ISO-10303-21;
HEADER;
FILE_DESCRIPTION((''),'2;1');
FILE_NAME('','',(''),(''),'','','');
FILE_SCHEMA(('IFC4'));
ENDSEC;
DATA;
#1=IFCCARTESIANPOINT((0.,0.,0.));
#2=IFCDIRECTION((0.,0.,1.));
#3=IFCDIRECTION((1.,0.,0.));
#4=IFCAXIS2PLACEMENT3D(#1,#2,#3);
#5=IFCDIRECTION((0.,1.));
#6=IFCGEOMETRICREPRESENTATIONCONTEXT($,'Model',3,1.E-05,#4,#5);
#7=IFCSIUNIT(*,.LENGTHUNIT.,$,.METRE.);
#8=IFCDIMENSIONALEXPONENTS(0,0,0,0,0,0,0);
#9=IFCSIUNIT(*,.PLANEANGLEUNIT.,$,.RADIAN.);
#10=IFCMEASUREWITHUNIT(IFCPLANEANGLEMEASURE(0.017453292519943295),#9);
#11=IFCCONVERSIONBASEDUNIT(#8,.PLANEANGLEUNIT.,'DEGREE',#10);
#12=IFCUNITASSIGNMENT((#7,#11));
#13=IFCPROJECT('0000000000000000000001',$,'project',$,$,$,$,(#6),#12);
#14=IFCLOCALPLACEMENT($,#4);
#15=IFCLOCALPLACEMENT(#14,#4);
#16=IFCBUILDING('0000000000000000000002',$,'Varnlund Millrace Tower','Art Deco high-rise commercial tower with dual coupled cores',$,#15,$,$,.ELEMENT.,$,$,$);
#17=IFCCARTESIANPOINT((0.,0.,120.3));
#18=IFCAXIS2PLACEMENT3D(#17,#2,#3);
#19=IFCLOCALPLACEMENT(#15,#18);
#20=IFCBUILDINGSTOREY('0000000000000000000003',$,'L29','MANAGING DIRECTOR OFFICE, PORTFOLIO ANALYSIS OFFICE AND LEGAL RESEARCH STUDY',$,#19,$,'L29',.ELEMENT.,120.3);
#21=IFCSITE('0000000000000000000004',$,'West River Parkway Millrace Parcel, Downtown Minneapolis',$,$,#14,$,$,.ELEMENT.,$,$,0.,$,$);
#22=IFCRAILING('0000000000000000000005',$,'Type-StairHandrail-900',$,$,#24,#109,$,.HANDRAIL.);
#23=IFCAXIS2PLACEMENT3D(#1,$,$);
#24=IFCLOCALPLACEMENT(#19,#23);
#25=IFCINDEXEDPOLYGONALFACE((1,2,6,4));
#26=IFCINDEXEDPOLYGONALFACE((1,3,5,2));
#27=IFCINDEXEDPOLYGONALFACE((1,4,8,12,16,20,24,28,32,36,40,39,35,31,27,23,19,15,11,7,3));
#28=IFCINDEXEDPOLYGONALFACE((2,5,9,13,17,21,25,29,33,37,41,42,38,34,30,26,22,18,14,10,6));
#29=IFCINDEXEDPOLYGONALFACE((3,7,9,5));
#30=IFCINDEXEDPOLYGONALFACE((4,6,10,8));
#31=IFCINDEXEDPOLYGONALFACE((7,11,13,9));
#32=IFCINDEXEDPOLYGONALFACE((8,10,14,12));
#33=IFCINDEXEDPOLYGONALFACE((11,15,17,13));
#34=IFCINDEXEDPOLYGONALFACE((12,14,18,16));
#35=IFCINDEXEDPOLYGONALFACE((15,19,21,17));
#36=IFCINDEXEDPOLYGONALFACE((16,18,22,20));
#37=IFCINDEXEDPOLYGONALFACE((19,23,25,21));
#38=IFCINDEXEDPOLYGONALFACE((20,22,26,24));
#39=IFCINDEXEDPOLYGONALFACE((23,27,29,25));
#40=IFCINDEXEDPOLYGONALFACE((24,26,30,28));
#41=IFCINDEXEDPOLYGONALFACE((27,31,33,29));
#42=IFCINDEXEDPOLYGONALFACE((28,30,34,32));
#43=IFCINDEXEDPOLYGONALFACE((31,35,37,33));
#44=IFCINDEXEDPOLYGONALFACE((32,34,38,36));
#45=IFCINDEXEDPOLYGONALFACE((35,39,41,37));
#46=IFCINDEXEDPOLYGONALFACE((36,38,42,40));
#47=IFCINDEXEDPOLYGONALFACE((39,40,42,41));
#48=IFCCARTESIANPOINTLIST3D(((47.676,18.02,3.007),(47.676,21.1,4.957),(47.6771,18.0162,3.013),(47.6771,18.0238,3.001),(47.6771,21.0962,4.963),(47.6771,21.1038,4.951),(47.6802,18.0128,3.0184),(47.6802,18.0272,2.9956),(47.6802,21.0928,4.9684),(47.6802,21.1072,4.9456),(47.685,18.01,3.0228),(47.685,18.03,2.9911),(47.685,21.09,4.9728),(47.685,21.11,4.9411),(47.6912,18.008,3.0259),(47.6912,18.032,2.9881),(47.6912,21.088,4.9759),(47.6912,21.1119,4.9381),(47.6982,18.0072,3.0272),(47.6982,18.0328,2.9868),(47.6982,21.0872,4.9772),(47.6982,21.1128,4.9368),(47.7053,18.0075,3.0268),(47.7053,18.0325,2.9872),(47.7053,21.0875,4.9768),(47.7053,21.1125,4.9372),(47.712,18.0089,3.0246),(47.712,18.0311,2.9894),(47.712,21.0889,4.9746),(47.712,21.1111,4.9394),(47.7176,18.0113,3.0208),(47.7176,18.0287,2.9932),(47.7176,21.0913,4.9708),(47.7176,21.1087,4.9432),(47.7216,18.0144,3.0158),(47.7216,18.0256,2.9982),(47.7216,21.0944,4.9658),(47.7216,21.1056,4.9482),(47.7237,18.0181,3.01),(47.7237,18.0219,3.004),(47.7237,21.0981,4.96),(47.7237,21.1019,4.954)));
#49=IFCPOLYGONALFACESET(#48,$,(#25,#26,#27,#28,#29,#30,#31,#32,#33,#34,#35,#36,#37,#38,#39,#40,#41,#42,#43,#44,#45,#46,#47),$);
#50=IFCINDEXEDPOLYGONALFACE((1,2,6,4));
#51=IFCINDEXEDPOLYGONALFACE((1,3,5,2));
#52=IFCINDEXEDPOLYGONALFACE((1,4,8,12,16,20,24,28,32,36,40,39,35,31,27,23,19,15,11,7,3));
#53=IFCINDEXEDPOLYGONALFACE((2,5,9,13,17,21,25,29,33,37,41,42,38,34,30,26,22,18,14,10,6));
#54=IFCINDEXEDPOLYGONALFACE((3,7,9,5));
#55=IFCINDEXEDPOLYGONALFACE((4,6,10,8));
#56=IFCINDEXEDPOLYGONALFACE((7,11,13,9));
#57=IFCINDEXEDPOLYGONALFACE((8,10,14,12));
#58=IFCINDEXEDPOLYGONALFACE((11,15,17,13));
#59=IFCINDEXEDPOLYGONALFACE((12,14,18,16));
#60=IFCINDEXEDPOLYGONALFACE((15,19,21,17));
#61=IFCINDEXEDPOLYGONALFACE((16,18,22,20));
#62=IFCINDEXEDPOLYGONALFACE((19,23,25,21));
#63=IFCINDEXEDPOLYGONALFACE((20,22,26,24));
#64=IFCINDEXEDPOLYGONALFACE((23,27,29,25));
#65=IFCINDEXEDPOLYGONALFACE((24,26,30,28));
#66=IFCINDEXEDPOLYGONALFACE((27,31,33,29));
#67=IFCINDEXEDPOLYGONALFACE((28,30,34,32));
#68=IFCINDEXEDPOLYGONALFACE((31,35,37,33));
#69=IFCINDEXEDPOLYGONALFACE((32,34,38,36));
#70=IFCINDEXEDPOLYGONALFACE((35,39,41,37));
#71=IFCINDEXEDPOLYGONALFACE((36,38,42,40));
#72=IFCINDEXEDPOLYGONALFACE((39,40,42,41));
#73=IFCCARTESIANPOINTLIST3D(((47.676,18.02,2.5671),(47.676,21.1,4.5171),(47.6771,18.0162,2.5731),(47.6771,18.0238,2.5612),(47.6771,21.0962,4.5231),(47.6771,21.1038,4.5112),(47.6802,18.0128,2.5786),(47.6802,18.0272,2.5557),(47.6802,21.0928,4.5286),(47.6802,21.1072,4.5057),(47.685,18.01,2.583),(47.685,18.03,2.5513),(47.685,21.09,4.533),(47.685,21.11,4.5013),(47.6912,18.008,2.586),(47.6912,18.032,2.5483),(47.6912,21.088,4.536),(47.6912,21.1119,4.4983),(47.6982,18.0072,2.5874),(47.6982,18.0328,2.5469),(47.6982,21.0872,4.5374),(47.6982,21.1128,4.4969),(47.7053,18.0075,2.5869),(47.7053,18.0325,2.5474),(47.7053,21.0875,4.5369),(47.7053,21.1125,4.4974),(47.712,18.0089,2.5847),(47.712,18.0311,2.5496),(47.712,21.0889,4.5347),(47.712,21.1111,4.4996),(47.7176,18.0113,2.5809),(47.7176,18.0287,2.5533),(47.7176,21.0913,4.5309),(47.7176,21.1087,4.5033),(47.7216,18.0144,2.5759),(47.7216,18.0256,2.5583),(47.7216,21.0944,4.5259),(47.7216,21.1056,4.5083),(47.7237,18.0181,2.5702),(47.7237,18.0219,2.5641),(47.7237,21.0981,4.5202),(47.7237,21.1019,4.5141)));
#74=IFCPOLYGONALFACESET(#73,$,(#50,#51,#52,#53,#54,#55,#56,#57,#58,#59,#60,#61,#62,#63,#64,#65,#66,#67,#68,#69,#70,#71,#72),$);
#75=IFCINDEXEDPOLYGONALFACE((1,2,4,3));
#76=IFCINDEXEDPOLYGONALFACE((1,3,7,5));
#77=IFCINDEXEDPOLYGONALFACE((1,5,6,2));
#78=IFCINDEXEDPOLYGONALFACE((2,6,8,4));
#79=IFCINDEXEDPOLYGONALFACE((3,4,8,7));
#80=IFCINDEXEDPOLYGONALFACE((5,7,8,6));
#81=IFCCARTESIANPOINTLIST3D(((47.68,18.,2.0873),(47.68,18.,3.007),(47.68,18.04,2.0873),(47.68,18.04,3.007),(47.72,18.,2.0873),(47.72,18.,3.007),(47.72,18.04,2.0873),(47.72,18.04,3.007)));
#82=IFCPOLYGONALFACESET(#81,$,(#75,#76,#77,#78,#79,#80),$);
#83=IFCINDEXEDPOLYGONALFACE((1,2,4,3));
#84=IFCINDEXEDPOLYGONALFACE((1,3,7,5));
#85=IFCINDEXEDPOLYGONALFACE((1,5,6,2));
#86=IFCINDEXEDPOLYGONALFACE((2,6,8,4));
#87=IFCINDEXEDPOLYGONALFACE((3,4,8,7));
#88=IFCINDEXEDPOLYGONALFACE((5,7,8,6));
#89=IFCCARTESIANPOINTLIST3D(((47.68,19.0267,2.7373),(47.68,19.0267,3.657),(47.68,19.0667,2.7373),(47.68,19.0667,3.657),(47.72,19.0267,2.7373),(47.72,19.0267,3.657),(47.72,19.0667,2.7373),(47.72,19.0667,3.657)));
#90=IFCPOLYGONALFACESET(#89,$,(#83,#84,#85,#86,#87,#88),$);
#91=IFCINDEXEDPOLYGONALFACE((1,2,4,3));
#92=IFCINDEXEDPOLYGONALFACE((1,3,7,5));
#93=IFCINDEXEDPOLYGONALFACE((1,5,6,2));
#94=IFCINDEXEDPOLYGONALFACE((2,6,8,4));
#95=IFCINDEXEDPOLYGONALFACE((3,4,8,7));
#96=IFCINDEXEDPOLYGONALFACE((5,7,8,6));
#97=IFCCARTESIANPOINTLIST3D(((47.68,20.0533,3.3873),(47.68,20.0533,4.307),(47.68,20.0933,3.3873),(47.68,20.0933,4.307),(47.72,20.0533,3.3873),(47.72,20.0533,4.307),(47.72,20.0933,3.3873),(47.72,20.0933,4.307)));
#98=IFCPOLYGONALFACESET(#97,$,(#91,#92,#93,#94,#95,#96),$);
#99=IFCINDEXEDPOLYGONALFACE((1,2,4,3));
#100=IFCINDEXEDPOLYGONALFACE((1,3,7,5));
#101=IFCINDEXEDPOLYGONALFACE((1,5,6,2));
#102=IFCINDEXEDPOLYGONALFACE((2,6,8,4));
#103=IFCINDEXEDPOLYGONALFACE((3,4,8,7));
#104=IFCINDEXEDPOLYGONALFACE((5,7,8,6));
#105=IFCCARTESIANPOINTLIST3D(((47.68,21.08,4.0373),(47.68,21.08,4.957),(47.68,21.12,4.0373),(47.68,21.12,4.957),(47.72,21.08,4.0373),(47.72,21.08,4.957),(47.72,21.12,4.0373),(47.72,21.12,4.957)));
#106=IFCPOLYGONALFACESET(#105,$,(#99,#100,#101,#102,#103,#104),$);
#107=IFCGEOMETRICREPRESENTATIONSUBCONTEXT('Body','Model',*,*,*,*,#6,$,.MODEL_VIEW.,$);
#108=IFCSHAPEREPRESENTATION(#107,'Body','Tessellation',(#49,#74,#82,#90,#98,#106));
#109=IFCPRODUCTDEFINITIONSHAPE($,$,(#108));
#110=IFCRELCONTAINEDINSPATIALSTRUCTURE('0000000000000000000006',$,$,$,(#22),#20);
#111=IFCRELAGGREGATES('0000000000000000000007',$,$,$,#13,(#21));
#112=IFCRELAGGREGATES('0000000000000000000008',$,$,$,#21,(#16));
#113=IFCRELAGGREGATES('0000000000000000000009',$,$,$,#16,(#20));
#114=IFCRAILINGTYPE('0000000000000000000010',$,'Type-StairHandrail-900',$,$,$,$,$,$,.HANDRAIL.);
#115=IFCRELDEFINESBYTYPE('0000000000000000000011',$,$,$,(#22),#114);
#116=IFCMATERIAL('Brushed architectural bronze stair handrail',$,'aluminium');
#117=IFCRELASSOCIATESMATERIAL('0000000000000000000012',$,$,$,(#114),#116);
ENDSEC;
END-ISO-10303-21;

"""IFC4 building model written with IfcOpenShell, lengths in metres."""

from ifc_helpers import new_model, entity, si_unit, converted_unit, direction, frame, origin_with_axes, origin_2d_with_axis, place, context, subcontext, project, spatial, rectangle, circle, extrude, material, type_object, element, save


model = new_model("IFC4")

# Units and contexts
model_context = context("Model", 3, precision=1e-05, world=origin_with_axes(), true_north=direction((0.0, 1.0)))
body_context = subcontext(model_context, "Body", "Model", "MODEL_VIEW")
ifc_project = project(units=[si_unit("LENGTHUNIT", "METRE"), converted_unit("PLANEANGLEUNIT", "DEGREE", entity("IfcPlaneAngleMeasure", 0.017453292519943295), si_unit("PLANEANGLEUNIT", "RADIAN"), dimensions=[0, 0, 0, 0, 0, 0, 0])], contexts=[model_context])

# Site, building, storey
site_placement = place(None, origin_with_axes())
site = spatial("IfcSite", under=ifc_project, at=site_placement, Name="West River Parkway Millrace Parcel, Downtown Minneapolis", CompositionType="ELEMENT", RefElevation=0.0)
building_placement = place(site_placement, origin_with_axes())
building = spatial("IfcBuilding", under=site, at=building_placement, Name="Varnlund Millrace Tower", Description="Art Deco high-rise commercial tower with dual coupled cores", CompositionType="ELEMENT")
storey_placement = place(building_placement, frame((0.0, 0.0, 120.3), z_axis=(0.0, 0.0, 1.0), x_axis=(1.0, 0.0, 0.0)))
storey = spatial("IfcBuildingStorey", under=building, at=storey_placement, Name="L29", Description="MANAGING DIRECTOR OFFICE, PORTFOLIO ANALYSIS OFFICE AND LEGAL RESEARCH STUDY", LongName="L29", CompositionType="ELEMENT", Elevation=120.3)

# Railing
ifc_material_1 = material(Name="Brushed architectural bronze stair handrail", Category="aluminium")
railing_type_1 = type_object("IfcRailingType", Name="Type-StairHandrail-900", PredefinedType="HANDRAIL", material=ifc_material_1)
railing_1_placement = place(storey_placement, frame((0.0, 0.0, -120.3), z_axis=(0.0, 0.0, 1.0), x_axis=(1.0, 0.0, 0.0)))
element("IfcRailing", 1, at=railing_1_placement, inside=storey, type_object=railing_type_1, Name="Type-StairHandrail-900", PredefinedType="HANDRAIL", context=body_context, shape_type="SweptSolid", body=[
    extrude(circle(Radius=0.024, at=origin_2d_with_axis()), frame((47.7, 18.02, 123.307), z_axis=(0.0, 0.844902, 0.534922), x_axis=(-1.0, 0.0, 0.0)), (0.0, 0.0, 1.0), 3.6454),
    extrude(circle(Radius=0.024, at=origin_2d_with_axis()), frame((47.7, 18.02, 122.8671), z_axis=(0.0, 0.844902, 0.534922), x_axis=(-1.0, 0.0, 0.0)), (0.0, 0.0, 1.0), 3.6454),
    extrude(rectangle(XDim=0.04, YDim=0.04, at=origin_2d_with_axis()), frame((47.7, 18.02, 122.3873), z_axis=(0.0, 0.0, 1.0), x_axis=(1.0, 0.0, 0.0)), (0.0, 0.0, 1.0), 0.9197),
    extrude(rectangle(XDim=0.04, YDim=0.04, at=origin_2d_with_axis()), frame((47.7, 19.0467, 123.0373), z_axis=(0.0, 0.0, 1.0), x_axis=(1.0, 0.0, 0.0)), (0.0, 0.0, 1.0), 0.9197),
    extrude(rectangle(XDim=0.04, YDim=0.04, at=origin_2d_with_axis()), frame((47.7, 20.0733, 123.6873), z_axis=(0.0, 0.0, 1.0), x_axis=(1.0, 0.0, 0.0)), (0.0, 0.0, 1.0), 0.9197),
    extrude(rectangle(XDim=0.04, YDim=0.04, at=origin_2d_with_axis()), frame((47.7, 21.1, 124.3373), z_axis=(0.0, 0.0, 1.0), x_axis=(1.0, 0.0, 0.0)), (0.0, 0.0, 1.0), 0.9197),
])

save(model, "model.ifc")
